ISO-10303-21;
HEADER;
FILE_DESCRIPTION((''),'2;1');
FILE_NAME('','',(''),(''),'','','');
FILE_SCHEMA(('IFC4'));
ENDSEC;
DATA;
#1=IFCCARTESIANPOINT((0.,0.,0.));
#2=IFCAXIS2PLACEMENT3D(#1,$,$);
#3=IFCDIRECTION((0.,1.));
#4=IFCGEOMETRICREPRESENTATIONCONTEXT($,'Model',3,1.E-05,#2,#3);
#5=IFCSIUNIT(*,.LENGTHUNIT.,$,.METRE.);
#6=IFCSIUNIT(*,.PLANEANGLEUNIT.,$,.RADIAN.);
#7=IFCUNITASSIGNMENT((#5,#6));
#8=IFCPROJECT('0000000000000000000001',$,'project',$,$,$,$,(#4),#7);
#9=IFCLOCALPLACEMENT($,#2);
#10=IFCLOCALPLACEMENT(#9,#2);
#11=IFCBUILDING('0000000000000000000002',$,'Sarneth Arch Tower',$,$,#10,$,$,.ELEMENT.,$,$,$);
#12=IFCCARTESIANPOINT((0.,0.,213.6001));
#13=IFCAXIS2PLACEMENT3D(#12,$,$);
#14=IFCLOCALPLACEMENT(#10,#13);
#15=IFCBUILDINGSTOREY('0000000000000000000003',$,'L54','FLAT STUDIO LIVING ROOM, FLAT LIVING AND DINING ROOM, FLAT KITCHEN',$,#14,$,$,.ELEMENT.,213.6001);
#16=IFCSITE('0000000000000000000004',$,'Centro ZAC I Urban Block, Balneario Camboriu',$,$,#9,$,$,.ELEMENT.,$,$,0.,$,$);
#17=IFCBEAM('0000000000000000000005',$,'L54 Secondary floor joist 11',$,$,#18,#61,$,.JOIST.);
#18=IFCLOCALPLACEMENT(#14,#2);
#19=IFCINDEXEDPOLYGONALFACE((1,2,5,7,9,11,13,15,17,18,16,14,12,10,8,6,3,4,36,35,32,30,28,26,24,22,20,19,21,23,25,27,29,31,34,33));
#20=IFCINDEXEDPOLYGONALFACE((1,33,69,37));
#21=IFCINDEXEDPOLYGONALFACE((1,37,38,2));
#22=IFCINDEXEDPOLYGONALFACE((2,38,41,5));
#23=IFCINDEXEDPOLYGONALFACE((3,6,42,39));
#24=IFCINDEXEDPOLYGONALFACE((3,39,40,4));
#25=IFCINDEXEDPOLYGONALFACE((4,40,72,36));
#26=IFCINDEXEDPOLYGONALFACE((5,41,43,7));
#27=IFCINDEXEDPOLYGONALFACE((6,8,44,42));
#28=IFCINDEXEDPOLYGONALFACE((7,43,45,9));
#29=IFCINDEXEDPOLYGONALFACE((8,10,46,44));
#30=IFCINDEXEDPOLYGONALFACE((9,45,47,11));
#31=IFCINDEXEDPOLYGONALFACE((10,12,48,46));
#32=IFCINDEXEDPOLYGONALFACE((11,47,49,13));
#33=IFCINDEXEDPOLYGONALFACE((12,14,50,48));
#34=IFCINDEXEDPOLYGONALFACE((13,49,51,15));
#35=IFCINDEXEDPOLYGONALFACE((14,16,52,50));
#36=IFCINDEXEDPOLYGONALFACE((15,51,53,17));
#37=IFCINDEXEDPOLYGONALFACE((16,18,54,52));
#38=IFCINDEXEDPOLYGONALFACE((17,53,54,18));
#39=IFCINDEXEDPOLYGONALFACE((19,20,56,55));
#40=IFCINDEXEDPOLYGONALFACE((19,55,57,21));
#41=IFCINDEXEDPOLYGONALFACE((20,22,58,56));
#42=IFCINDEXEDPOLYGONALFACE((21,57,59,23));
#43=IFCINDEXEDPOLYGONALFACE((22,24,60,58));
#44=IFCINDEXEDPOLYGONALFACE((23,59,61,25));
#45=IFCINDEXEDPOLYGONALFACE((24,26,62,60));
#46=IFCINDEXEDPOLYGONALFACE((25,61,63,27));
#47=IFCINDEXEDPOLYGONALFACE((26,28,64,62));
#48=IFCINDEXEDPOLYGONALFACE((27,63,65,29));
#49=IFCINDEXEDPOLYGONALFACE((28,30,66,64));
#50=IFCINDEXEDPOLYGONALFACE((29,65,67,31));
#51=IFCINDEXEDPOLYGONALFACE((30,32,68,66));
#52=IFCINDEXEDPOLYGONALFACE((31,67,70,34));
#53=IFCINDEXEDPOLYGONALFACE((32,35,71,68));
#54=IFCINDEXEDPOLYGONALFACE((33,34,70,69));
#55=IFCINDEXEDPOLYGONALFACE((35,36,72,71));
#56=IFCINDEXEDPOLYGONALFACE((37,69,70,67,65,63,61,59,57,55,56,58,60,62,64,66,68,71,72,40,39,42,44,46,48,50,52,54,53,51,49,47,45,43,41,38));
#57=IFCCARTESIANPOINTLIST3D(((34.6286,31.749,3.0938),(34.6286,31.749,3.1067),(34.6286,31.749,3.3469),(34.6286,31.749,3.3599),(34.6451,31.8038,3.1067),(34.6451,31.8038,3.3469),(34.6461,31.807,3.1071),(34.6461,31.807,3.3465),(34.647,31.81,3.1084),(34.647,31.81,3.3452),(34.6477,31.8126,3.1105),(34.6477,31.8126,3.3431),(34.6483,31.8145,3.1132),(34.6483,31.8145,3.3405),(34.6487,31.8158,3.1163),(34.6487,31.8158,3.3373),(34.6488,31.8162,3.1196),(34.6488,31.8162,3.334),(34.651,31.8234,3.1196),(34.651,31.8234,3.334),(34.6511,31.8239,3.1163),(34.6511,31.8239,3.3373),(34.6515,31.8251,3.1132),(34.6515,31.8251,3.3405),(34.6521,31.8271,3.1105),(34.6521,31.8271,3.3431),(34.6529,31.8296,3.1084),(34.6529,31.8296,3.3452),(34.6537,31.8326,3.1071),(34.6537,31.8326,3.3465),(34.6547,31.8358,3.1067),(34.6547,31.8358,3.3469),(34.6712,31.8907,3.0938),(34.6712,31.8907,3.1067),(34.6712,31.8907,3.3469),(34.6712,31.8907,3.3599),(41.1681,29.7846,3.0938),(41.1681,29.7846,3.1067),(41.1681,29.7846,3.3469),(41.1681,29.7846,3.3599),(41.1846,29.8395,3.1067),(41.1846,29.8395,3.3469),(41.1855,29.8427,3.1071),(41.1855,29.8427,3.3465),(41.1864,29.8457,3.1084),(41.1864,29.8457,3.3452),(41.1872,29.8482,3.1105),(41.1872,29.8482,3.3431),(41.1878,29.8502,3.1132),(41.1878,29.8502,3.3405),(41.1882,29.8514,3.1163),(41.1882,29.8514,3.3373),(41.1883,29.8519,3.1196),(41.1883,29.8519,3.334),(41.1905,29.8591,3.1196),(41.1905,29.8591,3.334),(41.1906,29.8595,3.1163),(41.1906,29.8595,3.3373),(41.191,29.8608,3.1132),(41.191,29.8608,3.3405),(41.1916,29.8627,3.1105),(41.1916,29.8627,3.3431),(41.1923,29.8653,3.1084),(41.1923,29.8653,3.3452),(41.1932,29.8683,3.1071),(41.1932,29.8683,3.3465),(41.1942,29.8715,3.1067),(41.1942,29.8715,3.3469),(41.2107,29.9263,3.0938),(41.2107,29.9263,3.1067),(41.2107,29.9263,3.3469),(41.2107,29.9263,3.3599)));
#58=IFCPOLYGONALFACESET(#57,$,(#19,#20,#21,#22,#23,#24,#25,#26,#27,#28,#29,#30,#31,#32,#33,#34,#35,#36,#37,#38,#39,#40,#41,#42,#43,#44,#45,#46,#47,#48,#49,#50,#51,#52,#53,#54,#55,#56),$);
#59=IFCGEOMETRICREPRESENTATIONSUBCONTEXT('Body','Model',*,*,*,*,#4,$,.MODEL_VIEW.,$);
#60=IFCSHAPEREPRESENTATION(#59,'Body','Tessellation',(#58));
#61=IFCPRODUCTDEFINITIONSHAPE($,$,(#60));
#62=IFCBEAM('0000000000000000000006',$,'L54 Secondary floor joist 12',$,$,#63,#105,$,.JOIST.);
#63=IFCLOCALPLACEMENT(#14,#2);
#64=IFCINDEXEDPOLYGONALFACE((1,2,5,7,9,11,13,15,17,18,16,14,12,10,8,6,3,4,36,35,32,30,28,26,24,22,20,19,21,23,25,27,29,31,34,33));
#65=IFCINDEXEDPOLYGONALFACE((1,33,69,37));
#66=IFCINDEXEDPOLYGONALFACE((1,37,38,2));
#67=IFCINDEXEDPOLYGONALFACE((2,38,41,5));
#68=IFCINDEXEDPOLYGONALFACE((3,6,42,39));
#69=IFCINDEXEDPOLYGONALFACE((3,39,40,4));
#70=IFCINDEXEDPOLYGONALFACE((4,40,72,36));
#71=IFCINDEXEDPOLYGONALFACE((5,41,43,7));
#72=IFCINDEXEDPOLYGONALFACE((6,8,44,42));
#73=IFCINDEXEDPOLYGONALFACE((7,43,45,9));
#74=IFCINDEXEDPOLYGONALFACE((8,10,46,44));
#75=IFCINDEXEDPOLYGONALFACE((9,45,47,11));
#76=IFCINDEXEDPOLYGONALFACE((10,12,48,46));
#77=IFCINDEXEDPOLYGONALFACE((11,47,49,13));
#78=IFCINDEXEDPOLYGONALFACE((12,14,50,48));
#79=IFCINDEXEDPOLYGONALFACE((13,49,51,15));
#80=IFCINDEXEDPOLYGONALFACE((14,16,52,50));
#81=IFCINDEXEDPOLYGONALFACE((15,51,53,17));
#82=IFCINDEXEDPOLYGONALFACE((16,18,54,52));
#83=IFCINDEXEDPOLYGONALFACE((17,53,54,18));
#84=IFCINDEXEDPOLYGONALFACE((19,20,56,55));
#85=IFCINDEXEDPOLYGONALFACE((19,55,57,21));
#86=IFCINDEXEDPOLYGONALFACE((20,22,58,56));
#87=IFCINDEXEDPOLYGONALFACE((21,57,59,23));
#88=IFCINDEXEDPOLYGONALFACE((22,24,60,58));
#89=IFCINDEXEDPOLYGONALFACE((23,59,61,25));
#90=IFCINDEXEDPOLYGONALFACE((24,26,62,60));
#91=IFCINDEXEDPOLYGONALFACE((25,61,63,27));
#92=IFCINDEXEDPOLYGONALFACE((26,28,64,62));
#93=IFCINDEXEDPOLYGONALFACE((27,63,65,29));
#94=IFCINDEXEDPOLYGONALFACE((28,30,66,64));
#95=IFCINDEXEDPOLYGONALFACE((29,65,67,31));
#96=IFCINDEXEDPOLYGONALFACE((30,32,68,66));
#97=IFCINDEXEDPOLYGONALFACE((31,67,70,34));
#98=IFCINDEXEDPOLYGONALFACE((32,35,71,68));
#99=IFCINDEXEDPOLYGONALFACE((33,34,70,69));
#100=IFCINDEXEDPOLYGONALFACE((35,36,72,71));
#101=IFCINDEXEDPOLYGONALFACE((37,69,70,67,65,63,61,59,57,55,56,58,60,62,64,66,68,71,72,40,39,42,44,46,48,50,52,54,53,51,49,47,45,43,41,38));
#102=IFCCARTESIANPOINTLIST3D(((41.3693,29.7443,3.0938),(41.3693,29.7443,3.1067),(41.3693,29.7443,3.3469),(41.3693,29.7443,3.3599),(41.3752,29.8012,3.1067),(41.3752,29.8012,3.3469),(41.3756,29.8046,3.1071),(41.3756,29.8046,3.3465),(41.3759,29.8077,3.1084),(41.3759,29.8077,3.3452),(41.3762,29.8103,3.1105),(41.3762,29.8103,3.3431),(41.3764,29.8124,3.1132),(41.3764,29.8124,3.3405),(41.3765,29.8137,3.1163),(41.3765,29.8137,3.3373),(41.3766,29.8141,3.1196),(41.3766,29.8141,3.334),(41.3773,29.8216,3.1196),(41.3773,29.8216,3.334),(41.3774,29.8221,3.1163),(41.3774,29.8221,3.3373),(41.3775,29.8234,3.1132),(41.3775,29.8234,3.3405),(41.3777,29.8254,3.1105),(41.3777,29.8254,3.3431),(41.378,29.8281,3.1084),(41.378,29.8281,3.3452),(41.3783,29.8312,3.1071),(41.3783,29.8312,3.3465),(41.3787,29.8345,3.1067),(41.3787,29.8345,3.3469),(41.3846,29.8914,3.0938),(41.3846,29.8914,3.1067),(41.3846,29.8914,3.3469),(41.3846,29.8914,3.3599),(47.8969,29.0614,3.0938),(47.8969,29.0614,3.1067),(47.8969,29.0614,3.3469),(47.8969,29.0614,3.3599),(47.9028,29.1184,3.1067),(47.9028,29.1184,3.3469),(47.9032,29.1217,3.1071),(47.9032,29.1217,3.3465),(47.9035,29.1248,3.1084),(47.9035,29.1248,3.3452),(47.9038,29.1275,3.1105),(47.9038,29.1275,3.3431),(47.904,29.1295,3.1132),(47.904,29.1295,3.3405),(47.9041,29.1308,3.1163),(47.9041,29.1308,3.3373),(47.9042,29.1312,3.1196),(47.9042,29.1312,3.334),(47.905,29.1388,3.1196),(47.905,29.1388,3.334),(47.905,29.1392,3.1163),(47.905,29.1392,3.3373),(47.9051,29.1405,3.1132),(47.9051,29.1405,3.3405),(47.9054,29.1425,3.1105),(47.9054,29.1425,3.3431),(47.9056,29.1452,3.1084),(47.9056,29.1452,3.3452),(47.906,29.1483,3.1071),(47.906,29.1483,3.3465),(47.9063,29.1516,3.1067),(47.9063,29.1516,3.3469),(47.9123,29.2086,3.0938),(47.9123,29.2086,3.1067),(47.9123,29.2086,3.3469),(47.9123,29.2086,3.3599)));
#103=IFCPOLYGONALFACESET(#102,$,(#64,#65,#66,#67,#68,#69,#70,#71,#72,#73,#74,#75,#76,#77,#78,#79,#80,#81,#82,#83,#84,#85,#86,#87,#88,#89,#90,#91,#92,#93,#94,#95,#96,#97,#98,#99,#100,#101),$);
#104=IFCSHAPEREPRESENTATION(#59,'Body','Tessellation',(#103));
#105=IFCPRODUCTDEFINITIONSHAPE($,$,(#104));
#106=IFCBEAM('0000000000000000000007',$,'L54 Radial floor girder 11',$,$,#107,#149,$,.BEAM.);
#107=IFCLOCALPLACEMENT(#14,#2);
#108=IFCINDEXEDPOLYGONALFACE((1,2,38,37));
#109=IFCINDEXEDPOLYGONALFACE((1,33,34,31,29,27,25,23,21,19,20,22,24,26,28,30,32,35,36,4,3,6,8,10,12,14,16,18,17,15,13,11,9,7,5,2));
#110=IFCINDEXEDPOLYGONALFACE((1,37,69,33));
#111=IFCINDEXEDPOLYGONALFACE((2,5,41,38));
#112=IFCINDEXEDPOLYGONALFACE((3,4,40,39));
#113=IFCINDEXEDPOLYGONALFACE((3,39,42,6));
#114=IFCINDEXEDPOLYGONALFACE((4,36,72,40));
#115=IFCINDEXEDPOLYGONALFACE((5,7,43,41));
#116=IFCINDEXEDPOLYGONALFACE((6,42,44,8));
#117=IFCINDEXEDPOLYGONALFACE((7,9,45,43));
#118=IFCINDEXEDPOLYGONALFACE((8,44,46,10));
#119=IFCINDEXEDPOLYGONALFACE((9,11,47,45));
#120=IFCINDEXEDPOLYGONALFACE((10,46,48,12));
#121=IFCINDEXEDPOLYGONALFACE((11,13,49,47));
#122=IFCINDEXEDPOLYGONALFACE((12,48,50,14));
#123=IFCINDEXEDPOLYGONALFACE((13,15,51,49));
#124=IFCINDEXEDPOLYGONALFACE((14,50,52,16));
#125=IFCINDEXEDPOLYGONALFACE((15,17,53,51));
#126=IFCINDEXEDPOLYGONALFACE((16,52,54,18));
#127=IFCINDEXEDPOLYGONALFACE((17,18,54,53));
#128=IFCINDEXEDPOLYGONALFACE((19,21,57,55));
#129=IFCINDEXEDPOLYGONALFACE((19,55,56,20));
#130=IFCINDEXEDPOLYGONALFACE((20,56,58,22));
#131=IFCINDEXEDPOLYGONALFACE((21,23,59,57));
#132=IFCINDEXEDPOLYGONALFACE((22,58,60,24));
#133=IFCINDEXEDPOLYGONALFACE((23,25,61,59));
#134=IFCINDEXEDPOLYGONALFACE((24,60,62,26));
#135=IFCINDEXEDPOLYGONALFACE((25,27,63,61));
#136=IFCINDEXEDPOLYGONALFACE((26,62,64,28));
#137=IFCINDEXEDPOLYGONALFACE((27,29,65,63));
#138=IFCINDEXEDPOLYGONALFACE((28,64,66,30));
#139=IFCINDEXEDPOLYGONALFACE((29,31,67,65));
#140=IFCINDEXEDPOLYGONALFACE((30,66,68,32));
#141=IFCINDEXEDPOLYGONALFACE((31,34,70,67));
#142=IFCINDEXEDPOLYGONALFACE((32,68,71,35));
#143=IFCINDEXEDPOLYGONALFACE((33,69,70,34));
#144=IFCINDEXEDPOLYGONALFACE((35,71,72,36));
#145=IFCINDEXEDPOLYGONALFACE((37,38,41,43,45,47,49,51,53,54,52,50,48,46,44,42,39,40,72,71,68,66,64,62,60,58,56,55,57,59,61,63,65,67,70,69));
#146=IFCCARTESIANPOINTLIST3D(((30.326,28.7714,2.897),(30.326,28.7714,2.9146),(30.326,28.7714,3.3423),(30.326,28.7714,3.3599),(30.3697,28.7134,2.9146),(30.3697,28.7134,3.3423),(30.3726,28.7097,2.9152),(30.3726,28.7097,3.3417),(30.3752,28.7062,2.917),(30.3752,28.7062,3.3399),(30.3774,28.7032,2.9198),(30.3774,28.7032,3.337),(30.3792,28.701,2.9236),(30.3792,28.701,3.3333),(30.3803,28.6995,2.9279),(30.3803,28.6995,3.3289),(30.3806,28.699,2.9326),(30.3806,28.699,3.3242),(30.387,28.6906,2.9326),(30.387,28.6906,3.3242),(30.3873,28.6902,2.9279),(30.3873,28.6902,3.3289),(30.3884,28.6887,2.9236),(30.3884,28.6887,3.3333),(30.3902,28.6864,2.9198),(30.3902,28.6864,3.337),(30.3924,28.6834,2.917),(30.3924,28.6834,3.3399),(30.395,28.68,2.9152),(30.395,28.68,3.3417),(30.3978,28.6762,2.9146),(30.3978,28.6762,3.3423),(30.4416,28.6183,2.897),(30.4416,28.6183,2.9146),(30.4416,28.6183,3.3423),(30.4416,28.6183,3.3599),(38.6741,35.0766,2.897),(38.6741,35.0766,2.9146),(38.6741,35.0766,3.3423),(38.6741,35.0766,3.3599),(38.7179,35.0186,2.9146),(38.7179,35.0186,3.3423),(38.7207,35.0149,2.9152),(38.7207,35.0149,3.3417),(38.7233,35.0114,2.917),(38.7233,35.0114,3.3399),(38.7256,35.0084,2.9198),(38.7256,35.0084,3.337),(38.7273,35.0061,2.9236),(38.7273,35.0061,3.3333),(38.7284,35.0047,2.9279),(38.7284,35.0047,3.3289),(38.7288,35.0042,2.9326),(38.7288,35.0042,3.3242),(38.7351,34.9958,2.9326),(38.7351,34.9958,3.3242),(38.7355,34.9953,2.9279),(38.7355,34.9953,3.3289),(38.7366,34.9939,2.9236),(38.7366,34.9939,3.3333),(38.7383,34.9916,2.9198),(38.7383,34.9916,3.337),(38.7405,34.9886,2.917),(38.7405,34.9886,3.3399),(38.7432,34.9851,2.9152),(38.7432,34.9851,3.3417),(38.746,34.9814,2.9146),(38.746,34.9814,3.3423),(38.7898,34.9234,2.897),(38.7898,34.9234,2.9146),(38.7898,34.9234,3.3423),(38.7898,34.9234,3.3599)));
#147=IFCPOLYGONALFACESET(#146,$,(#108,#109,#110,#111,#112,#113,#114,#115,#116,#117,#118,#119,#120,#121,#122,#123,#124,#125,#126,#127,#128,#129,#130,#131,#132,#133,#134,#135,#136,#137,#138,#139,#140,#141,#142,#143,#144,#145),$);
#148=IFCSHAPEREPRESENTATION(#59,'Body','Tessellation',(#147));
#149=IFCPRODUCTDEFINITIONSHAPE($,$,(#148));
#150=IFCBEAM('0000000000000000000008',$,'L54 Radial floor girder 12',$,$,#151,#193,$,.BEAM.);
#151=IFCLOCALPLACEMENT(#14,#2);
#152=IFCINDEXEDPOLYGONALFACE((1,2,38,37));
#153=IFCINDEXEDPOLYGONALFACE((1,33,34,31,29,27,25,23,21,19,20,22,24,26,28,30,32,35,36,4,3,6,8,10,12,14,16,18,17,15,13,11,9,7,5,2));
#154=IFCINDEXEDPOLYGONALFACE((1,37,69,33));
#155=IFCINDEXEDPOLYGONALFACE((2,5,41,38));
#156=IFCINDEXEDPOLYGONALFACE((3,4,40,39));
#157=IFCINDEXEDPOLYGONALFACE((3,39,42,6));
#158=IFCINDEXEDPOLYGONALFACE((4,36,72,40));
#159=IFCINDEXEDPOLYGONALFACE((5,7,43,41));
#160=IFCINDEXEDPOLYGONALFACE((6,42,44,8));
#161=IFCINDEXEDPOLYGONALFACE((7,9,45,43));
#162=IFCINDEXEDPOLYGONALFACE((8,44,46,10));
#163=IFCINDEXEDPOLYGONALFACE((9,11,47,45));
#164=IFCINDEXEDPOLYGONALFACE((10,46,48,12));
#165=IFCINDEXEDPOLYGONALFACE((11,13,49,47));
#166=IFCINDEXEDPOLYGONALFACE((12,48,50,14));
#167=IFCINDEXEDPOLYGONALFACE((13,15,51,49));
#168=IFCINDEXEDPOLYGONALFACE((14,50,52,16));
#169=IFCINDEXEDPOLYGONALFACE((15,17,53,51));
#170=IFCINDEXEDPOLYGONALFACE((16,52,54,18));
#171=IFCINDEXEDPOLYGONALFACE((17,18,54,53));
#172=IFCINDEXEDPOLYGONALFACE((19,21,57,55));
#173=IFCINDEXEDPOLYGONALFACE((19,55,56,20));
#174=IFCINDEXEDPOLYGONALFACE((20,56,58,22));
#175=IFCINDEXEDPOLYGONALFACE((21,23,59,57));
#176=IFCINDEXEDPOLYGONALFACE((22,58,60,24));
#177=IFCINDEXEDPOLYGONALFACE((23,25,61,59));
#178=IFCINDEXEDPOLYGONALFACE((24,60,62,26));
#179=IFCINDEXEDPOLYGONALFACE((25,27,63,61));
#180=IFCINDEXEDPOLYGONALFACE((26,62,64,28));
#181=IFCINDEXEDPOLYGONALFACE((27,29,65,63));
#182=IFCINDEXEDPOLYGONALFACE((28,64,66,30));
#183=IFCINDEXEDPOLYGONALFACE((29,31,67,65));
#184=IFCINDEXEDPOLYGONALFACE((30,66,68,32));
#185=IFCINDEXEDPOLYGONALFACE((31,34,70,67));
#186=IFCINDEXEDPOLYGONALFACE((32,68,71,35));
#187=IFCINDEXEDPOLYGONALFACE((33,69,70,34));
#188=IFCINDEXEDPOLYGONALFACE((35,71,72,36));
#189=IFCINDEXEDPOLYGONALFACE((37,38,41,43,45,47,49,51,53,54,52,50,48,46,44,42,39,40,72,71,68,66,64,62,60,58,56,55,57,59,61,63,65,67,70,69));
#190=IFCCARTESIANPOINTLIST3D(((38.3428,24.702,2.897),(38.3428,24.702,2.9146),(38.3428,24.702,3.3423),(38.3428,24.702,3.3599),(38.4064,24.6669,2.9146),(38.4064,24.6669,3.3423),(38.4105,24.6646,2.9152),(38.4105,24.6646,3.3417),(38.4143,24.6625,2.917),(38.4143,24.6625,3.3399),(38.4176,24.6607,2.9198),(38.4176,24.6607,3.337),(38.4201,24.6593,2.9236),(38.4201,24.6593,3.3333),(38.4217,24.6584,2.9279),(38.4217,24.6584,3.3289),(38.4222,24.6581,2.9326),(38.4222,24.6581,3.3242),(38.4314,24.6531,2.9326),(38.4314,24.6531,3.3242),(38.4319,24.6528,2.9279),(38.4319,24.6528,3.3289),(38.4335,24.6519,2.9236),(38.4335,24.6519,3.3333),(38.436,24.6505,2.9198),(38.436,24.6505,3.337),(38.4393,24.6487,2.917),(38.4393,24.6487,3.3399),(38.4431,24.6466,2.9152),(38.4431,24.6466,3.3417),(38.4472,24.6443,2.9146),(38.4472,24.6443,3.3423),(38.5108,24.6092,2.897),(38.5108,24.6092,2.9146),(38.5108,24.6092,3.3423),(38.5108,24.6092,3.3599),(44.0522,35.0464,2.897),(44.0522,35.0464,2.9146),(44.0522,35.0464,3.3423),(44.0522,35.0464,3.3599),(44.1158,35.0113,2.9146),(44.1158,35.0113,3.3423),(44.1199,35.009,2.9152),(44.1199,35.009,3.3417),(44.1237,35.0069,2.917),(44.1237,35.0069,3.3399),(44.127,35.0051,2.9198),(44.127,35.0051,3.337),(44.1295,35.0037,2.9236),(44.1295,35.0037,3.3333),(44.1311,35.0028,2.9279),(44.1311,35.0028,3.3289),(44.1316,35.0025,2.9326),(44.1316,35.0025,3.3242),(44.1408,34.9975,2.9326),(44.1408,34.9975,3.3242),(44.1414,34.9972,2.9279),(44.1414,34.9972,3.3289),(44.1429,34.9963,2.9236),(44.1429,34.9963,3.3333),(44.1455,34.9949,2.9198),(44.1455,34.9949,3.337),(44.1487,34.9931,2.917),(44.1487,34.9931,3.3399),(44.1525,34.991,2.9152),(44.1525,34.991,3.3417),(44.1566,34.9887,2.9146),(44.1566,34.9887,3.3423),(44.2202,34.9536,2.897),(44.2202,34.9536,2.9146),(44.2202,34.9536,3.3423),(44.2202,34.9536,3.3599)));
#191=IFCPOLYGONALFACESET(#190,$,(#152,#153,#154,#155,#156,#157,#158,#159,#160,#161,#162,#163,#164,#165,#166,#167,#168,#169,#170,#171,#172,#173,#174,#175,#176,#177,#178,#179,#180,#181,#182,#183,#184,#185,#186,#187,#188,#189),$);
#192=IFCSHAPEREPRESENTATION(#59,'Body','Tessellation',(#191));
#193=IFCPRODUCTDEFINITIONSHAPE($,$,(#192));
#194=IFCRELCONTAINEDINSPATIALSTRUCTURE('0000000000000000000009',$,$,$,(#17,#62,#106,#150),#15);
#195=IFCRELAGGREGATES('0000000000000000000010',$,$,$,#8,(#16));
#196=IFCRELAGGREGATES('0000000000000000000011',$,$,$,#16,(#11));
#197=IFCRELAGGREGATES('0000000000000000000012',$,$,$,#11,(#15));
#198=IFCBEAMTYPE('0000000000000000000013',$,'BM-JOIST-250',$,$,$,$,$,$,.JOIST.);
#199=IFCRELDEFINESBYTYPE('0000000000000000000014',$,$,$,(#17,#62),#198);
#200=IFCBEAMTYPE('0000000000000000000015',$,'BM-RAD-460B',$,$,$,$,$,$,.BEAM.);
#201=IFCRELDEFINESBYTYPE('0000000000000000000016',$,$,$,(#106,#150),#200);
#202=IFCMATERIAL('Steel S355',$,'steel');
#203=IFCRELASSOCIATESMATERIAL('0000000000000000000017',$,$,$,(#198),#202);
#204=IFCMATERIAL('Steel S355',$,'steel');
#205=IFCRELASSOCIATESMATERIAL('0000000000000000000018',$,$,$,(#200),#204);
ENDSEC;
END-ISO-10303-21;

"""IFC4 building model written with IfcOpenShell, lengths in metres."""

from ifc_helpers import new_model, si_unit, direction, frame, origin, origin_2d, place, context, subcontext, project, spatial, i_section, extrude, material, material_profile, profile_set, type_object, element, save


model = new_model("IFC4")

# Units and contexts
model_context = context("Model", 3, precision=1e-05, world=origin(), true_north=direction((0.0, 1.0)))
body_context = subcontext(model_context, "Body", "Model", "MODEL_VIEW")
ifc_project = project(units=[si_unit("LENGTHUNIT", "METRE"), si_unit("PLANEANGLEUNIT", "RADIAN")], contexts=[model_context])

# Site, building, storey
site_placement = place(None, origin())
site = spatial("IfcSite", under=ifc_project, at=site_placement, Name="Centro ZAC I Urban Block, Balneario Camboriu", CompositionType="ELEMENT", RefElevation=0.0)
building_placement = place(site_placement, origin())
building = spatial("IfcBuilding", under=site, at=building_placement, Name="Sarneth Arch Tower", CompositionType="ELEMENT")
storey_placement = place(building_placement, frame((0.0, 0.0, 213.6001)))
storey = spatial("IfcBuildingStorey", under=building, at=storey_placement, Name="L54", Description="FLAT STUDIO LIVING ROOM, FLAT LIVING AND DINING ROOM, FLAT KITCHEN", CompositionType="ELEMENT", Elevation=213.6001)

# Beams
ifc_material_1 = material(Name="Steel S355", Category="steel")
ifc_material_profile_1 = material_profile(ifc_material_1, i_section(OverallWidth=0.1479, OverallDepth=0.2661, WebThickness=0.0076, FlangeThickness=0.0129, FilletRadius=0.0129, at=origin_2d()), Name="W250x44.8")
ifc_profile_set_1 = profile_set([ifc_material_profile_1], Name="Steel S355")
beam_type_1 = type_object("IfcBeamType", Name="BM-JOIST-250", PredefinedType="JOIST", material=ifc_profile_set_1)
beam_1_placement = place(storey_placement, frame((34.6499, 31.8198, 3.2268), z_axis=(0.957726, -0.287682, 0.0), x_axis=(0.287682, 0.957726, 0.0)))
element("IfcBeam", 1, at=beam_1_placement, inside=storey, type_object=beam_type_1, Name="L54 Secondary floor joist 11", PredefinedType="JOIST", context=body_context, shape_type="SweptSolid", body=[
    extrude(i_section(OverallWidth=0.1479, OverallDepth=0.2661, WebThickness=0.0076, FlangeThickness=0.0129, FilletRadius=0.0129, at=origin_2d()), origin(), (0.0, 0.0, 1.0), 6.8281),
])
beam_2_placement = place(storey_placement, frame((41.377, 29.8179, 3.2268), z_axis=(0.994573, -0.104044, 0.0), x_axis=(0.104044, 0.994573, 0.0)))
element("IfcBeam", 2, at=beam_2_placement, inside=storey, type_object=beam_type_1, Name="L54 Secondary floor joist 12", PredefinedType="JOIST", context=body_context, shape_type="SweptSolid", body=[
    extrude(i_section(OverallWidth=0.1479, OverallDepth=0.2661, WebThickness=0.0076, FlangeThickness=0.0129, FilletRadius=0.0129, at=origin_2d()), origin(), (0.0, 0.0, 1.0), 6.5632),
])
ifc_material_2 = material(Name="Steel S355", Category="steel")
ifc_material_profile_2 = material_profile(ifc_material_2, i_section(OverallWidth=0.1919, OverallDepth=0.4629, WebThickness=0.0105, FlangeThickness=0.0176, FilletRadius=0.0181, at=origin_2d()), Name="W460x89")
ifc_profile_set_2 = profile_set([ifc_material_profile_2], Name="Steel S355")
beam_type_2 = type_object("IfcBeamType", Name="BM-RAD-460B", PredefinedType="BEAM", material=ifc_profile_set_2)
beam_3_placement = place(storey_placement, frame((38.7319, 35.0, 3.1284), z_axis=(-0.797974, -0.602692, 0.0), x_axis=(0.602692, -0.797974, 0.0)))
element("IfcBeam", 3, at=beam_3_placement, inside=storey, type_object=beam_type_2, Name="L54 Radial floor girder 11", PredefinedType="BEAM", context=body_context, shape_type="SweptSolid", body=[
    extrude(i_section(OverallWidth=0.1919, OverallDepth=0.4629, WebThickness=0.0105, FlangeThickness=0.0176, FilletRadius=0.0181, at=origin_2d()), origin(), (0.0, 0.0, 1.0), 10.4617),
])
beam_4_placement = place(storey_placement, frame((44.1362, 35.0, 3.1284), z_axis=(-0.483218, -0.8755, 0.0), x_axis=(0.8755, -0.483218, 0.0)))
element("IfcBeam", 4, at=beam_4_placement, inside=storey, type_object=beam_type_2, Name="L54 Radial floor girder 12", PredefinedType="BEAM", context=body_context, shape_type="SweptSolid", body=[
    extrude(i_section(OverallWidth=0.1919, OverallDepth=0.4629, WebThickness=0.0105, FlangeThickness=0.0176, FilletRadius=0.0181, at=origin_2d()), origin(), (0.0, 0.0, 1.0), 11.8154),
])

save(model, "model.ifc")
